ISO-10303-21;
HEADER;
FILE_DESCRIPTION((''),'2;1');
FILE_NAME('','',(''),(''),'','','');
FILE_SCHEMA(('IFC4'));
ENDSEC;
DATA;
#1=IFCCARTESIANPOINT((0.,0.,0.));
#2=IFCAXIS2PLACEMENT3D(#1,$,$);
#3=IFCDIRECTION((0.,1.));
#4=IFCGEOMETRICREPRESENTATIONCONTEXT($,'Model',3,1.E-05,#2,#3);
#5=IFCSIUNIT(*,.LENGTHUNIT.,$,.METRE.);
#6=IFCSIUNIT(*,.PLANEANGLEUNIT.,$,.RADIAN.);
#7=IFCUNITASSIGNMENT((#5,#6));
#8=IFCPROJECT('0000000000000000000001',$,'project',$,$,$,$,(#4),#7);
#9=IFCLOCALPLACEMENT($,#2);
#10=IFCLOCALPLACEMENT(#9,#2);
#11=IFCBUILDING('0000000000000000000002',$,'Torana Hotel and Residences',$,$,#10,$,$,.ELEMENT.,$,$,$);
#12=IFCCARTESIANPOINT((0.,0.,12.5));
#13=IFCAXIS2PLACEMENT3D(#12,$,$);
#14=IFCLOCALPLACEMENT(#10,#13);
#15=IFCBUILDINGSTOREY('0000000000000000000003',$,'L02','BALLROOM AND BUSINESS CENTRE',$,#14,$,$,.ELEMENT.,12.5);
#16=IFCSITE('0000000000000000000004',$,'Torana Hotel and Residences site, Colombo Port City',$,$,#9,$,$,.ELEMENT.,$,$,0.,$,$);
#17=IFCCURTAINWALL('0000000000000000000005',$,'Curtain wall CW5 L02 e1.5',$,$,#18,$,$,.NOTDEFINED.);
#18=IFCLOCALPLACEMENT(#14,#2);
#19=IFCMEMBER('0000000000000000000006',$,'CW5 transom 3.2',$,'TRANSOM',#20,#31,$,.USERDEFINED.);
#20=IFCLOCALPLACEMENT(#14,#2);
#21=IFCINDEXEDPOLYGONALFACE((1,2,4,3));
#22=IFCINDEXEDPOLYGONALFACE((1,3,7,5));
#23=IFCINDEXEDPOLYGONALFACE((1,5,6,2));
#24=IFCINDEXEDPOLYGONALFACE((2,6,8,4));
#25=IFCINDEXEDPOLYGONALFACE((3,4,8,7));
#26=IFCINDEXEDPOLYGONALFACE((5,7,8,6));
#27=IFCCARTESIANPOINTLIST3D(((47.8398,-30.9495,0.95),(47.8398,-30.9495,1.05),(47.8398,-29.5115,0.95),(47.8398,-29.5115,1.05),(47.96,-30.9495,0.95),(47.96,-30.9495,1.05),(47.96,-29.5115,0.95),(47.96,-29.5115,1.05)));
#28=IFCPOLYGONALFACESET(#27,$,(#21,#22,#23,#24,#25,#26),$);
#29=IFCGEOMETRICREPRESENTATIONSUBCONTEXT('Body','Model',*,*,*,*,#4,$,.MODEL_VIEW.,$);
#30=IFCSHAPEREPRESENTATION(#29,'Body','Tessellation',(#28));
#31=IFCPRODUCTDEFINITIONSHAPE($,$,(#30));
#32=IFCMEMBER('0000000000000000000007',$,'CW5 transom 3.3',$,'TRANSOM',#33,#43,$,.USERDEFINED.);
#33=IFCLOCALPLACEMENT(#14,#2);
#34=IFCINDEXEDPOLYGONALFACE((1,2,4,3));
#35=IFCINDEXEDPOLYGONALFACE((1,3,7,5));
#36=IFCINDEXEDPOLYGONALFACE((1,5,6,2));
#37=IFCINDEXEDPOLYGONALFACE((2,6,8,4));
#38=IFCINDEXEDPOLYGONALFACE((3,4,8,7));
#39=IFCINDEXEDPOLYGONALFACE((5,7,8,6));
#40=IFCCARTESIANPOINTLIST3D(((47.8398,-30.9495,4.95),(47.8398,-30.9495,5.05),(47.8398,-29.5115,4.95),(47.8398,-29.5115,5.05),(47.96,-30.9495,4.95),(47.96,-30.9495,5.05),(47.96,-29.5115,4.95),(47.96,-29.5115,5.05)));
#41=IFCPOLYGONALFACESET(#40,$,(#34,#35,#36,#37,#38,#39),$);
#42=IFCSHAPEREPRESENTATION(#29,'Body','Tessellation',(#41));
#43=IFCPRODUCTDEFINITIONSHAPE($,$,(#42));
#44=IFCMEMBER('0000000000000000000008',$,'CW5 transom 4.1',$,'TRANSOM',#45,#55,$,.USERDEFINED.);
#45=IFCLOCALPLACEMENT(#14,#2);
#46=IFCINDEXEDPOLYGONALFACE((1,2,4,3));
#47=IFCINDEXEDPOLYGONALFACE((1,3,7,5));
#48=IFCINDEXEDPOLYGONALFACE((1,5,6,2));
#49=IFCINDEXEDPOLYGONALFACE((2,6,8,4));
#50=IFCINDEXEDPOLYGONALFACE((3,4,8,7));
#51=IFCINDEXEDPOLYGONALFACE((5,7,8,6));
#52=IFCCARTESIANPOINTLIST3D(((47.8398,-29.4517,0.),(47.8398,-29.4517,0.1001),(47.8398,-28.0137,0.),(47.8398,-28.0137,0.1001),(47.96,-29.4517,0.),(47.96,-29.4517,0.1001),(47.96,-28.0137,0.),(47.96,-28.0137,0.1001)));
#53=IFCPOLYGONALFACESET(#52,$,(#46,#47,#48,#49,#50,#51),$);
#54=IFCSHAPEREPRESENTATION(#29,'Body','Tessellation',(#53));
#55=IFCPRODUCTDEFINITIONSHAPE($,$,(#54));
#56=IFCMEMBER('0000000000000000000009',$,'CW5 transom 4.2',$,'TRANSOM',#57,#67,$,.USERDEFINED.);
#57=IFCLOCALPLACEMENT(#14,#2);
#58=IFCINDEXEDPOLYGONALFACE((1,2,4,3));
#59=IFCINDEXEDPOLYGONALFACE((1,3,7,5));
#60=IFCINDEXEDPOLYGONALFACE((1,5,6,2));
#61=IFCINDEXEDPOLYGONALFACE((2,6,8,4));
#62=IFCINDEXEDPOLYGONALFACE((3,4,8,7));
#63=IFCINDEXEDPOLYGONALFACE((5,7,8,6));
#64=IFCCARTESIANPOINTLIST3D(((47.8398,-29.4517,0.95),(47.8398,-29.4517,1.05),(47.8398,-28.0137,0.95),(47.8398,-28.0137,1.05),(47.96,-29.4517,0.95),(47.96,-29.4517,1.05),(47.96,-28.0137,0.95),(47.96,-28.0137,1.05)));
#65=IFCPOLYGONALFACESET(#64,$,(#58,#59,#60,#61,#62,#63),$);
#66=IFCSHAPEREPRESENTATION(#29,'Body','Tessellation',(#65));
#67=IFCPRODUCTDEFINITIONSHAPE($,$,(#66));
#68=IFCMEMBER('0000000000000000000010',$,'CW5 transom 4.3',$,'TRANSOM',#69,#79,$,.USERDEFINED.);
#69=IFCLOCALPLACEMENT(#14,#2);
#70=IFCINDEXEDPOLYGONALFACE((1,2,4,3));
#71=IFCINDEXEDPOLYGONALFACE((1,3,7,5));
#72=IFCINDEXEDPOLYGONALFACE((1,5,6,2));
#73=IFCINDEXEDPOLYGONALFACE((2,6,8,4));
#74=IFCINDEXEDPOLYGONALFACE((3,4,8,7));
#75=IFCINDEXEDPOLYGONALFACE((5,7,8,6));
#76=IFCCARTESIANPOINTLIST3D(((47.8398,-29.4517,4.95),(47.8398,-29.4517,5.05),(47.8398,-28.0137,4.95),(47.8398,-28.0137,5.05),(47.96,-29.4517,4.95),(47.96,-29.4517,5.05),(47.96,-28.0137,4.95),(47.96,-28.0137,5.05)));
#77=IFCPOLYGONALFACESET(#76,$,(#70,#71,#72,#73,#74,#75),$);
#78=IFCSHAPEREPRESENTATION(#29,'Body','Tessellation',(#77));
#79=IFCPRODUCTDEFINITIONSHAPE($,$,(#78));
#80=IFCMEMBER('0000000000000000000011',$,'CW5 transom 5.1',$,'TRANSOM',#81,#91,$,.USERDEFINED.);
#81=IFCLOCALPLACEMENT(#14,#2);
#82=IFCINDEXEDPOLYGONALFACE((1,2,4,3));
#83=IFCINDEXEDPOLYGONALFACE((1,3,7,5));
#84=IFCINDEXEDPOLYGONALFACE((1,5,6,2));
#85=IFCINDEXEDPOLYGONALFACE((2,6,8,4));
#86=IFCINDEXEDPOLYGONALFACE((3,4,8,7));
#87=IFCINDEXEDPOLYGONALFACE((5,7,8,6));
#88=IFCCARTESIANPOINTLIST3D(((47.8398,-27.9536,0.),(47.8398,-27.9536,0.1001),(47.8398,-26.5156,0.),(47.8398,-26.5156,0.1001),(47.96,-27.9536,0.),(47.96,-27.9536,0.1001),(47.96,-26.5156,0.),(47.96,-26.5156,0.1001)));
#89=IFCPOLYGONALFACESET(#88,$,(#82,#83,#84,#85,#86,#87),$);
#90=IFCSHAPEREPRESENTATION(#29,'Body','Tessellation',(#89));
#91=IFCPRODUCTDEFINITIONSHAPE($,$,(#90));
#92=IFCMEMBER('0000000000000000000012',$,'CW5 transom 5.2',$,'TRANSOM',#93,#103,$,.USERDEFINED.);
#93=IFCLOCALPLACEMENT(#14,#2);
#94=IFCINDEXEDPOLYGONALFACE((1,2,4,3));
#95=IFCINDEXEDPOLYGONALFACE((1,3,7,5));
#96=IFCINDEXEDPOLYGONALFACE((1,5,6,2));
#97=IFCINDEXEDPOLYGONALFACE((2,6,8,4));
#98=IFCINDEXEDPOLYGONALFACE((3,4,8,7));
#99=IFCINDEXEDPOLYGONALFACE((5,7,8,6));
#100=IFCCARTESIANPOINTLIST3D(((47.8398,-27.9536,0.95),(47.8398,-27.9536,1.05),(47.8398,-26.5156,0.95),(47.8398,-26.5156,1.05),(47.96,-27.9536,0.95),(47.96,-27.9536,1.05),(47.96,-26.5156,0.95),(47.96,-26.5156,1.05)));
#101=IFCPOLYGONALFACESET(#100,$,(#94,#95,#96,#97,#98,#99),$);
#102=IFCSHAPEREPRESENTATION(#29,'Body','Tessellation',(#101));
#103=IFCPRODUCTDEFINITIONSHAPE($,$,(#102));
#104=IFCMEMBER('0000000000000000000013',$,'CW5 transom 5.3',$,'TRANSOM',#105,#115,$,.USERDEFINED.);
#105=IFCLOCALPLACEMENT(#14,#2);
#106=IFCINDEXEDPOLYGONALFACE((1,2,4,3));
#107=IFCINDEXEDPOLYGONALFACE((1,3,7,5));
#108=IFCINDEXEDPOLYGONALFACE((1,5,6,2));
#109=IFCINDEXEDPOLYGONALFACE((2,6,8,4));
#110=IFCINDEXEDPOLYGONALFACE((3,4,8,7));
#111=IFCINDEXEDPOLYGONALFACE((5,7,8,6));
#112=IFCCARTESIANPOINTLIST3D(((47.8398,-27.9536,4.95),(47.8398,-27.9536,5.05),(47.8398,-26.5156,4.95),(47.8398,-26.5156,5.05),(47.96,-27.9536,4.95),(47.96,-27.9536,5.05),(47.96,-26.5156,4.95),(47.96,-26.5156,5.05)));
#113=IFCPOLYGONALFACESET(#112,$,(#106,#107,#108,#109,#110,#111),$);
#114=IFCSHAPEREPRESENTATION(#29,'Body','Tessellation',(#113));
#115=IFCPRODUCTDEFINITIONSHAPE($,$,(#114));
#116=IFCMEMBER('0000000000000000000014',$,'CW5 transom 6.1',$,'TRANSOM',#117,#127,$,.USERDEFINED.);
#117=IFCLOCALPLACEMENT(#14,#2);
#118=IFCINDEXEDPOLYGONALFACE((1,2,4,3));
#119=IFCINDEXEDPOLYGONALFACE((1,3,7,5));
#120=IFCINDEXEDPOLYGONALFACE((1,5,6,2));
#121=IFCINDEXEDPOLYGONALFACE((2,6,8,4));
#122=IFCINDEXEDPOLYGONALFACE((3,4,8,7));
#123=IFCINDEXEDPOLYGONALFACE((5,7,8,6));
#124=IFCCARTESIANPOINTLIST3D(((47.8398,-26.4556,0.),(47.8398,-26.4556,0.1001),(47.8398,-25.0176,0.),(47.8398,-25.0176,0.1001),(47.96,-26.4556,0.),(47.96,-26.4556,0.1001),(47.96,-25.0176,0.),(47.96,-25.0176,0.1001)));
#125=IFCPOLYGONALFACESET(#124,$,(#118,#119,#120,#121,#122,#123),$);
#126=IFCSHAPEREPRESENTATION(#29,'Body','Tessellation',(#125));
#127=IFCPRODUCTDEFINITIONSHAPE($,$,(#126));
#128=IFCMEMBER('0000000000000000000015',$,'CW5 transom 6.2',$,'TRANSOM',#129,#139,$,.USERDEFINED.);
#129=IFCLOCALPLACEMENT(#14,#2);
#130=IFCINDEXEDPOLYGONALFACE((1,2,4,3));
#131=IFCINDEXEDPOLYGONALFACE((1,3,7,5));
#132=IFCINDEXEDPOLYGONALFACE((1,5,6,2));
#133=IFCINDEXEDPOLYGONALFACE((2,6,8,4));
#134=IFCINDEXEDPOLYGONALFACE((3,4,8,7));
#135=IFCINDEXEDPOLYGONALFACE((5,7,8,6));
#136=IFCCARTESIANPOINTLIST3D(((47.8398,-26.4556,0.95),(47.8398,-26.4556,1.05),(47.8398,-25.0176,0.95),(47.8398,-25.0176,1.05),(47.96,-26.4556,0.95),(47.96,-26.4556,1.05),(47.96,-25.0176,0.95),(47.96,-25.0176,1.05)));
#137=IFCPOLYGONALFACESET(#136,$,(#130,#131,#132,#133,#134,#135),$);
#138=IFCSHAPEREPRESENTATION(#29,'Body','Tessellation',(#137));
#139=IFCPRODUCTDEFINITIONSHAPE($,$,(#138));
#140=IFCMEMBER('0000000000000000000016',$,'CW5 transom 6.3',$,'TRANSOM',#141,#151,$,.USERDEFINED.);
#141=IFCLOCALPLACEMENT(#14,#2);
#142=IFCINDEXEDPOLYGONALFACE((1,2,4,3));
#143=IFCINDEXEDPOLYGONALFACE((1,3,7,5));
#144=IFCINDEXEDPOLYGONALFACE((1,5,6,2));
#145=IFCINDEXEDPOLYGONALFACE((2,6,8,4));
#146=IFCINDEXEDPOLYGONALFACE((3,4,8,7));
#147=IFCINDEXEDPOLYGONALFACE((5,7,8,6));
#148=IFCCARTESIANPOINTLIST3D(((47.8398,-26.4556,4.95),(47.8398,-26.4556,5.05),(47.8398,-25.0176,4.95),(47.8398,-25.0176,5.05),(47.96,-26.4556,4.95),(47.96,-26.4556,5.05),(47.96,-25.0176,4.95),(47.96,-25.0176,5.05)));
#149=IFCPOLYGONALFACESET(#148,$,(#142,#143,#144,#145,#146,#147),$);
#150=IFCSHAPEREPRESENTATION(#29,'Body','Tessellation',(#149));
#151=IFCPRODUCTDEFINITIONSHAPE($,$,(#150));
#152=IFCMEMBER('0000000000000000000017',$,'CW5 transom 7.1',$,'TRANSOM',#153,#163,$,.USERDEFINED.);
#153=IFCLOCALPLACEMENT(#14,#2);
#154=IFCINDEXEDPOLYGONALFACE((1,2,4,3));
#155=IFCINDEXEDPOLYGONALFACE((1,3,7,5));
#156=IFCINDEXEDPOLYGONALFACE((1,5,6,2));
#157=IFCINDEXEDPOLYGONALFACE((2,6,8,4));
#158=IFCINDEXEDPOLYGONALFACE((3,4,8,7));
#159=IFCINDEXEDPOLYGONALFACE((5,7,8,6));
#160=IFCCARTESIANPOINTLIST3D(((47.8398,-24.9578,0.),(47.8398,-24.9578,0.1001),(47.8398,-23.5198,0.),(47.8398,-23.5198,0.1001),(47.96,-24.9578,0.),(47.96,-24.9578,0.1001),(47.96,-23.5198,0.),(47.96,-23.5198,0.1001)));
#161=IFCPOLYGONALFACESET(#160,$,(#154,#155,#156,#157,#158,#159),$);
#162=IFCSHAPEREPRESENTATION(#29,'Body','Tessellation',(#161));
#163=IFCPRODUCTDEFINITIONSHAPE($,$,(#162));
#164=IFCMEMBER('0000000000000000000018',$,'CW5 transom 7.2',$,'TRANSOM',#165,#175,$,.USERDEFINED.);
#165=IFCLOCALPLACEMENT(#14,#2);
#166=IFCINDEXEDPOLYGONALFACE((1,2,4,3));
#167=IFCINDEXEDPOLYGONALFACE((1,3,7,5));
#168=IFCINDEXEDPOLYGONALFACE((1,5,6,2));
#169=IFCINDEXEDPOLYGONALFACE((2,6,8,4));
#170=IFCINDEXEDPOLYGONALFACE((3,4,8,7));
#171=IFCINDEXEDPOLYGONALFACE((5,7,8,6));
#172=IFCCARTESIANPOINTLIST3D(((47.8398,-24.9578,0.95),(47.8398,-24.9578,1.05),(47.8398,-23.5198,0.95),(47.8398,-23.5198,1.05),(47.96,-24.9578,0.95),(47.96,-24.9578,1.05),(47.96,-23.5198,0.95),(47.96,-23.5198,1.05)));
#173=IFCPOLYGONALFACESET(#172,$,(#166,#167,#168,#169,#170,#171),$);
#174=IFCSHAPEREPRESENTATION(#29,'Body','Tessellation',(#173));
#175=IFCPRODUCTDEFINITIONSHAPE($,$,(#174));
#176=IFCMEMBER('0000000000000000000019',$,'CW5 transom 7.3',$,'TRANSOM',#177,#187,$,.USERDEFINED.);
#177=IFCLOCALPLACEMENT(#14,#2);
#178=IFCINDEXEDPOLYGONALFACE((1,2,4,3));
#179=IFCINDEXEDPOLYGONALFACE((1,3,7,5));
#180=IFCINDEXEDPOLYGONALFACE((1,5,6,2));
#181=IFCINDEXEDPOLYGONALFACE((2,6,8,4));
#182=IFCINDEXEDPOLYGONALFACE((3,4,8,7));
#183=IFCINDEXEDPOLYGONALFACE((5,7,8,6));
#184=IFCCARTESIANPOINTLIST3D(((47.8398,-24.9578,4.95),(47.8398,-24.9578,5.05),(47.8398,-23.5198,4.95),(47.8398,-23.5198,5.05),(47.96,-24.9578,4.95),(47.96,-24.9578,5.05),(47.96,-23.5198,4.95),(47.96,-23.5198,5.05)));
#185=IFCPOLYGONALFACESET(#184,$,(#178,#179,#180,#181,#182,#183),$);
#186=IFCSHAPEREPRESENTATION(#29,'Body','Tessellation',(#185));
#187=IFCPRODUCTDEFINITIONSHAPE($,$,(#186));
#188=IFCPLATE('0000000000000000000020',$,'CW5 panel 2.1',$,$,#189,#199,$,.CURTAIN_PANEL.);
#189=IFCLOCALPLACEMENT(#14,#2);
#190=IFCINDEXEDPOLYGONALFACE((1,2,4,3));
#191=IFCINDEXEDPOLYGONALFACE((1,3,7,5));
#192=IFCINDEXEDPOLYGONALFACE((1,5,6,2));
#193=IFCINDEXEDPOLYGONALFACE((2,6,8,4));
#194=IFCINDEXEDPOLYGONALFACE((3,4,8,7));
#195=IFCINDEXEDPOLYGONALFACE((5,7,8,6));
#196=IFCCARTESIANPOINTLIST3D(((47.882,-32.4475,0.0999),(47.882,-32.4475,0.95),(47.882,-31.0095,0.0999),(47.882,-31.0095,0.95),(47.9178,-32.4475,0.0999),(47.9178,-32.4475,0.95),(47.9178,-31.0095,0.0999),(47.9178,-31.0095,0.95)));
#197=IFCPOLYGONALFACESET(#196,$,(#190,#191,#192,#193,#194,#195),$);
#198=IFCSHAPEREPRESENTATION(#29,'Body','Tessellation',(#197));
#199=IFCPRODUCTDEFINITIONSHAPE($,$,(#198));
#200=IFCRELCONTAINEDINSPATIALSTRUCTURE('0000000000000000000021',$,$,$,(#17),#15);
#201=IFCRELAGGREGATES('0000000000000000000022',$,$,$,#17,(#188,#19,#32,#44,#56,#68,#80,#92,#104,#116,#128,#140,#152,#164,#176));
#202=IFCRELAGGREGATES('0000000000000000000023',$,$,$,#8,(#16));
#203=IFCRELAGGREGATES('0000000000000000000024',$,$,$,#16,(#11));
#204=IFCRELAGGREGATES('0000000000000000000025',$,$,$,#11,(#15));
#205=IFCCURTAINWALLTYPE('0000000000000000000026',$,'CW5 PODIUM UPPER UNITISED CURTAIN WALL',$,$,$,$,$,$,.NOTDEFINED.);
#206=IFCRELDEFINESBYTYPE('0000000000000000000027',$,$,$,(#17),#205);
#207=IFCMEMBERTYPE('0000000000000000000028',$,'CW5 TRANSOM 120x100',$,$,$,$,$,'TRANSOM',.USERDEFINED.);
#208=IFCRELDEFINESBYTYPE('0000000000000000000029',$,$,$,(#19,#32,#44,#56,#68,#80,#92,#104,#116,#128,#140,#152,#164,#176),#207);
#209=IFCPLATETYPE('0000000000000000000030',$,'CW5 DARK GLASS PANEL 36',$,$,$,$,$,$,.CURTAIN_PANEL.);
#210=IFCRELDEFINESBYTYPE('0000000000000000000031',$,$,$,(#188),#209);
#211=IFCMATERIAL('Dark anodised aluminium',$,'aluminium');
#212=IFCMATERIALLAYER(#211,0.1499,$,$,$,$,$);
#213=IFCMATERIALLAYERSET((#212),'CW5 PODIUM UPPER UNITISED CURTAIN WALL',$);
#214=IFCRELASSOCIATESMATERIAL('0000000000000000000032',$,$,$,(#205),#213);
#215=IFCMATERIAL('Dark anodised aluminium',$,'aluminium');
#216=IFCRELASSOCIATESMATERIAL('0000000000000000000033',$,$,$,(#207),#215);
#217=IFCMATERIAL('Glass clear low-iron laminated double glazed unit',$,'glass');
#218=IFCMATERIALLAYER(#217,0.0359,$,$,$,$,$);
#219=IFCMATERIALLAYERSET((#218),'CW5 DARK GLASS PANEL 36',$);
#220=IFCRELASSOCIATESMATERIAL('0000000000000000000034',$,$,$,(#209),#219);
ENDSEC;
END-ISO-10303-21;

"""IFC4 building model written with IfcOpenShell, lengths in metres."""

from ifc_helpers import new_model, si_unit, direction, frame, origin, origin_2d, place, context, subcontext, project, spatial, rectangle, extrude, material, layer, layer_set, material_profile, profile_set, type_object, element, aggregate, save


model = new_model("IFC4")

# Units and contexts
model_context = context("Model", 3, precision=1e-05, world=origin(), true_north=direction((0.0, 1.0)))
body_context = subcontext(model_context, "Body", "Model", "MODEL_VIEW")
ifc_project = project(units=[si_unit("LENGTHUNIT", "METRE"), si_unit("PLANEANGLEUNIT", "RADIAN")], contexts=[model_context])

# Site, building, storey
site_placement = place(None, origin())
site = spatial("IfcSite", under=ifc_project, at=site_placement, Name="Torana Hotel and Residences site, Colombo Port City", CompositionType="ELEMENT", RefElevation=0.0)
building_placement = place(site_placement, origin())
building = spatial("IfcBuilding", under=site, at=building_placement, Name="Torana Hotel and Residences", CompositionType="ELEMENT")
storey_placement = place(building_placement, frame((0.0, 0.0, 12.5)))
storey = spatial("IfcBuildingStorey", under=building, at=storey_placement, Name="L02", Description="BALLROOM AND BUSINESS CENTRE", CompositionType="ELEMENT", Elevation=12.5)

# Curtain wall, members, plate
ifc_material_1 = material(Name="Dark anodised aluminium", Category="aluminium")
ifc_layer_1 = layer(ifc_material_1, 0.1499)
ifc_layer_set_1 = layer_set([ifc_layer_1], Name="CW5 PODIUM UPPER UNITISED CURTAIN WALL")
curtain_wall_type = type_object("IfcCurtainWallType", Name="CW5 PODIUM UPPER UNITISED CURTAIN WALL", PredefinedType="NOTDEFINED", material=ifc_layer_set_1)
curtain_wall_placement = place(storey_placement, origin())
curtain_wall = element("IfcCurtainWall", 1, at=curtain_wall_placement, inside=storey, type_object=curtain_wall_type, Name="Curtain wall CW5 L02 e1.5", PredefinedType="NOTDEFINED")
ifc_material_2 = material(Name="Dark anodised aluminium", Category="aluminium")
ifc_material_profile_1 = material_profile(ifc_material_2, rectangle(XDim=0.1201, YDim=0.1001, at=origin_2d()), Name="CW5 TRANSOM 120x100")
ifc_profile_set_1 = profile_set([ifc_material_profile_1], Name="Dark anodised aluminium")
member_type_1 = type_object("IfcMemberType", Name="CW5 TRANSOM 120x100", ElementType="TRANSOM", PredefinedType="USERDEFINED", material=ifc_profile_set_1)
member_1_placement = place(storey_placement, frame((47.8999, -30.9495, 1.0), z_axis=(0.0, 1.0, 0.0), x_axis=(-1.0, 0.0, 0.0)))
member_1 = element("IfcMember", 2, at=member_1_placement, type_object=member_type_1, Name="CW5 transom 3.2", ObjectType="TRANSOM", PredefinedType="USERDEFINED", context=body_context, shape_type="SweptSolid", body=[
    extrude(rectangle(XDim=0.1201, YDim=0.1001, at=origin_2d()), origin(), (0.0, 0.0, 1.0), 1.438),
])
member_2_placement = place(storey_placement, frame((47.8999, -30.9495, 5.0), z_axis=(0.0, 1.0, 0.0), x_axis=(-1.0, 0.0, 0.0)))
member_2 = element("IfcMember", 3, at=member_2_placement, type_object=member_type_1, Name="CW5 transom 3.3", ObjectType="TRANSOM", PredefinedType="USERDEFINED", context=body_context, shape_type="SweptSolid", body=[
    extrude(rectangle(XDim=0.1201, YDim=0.1001, at=origin_2d()), origin(), (0.0, 0.0, 1.0), 1.438),
])
member_3_placement = place(storey_placement, frame((47.8999, -29.4517, 0.05), z_axis=(0.0, 1.0, 0.0), x_axis=(-1.0, 0.0, 0.0)))
member_3 = element("IfcMember", 4, at=member_3_placement, type_object=member_type_1, Name="CW5 transom 4.1", ObjectType="TRANSOM", PredefinedType="USERDEFINED", context=body_context, shape_type="SweptSolid", body=[
    extrude(rectangle(XDim=0.1201, YDim=0.1001, at=origin_2d()), origin(), (0.0, 0.0, 1.0), 1.438),
])
member_4_placement = place(storey_placement, frame((47.8999, -29.4517, 1.0), z_axis=(0.0, 1.0, 0.0), x_axis=(-1.0, 0.0, 0.0)))
member_4 = element("IfcMember", 5, at=member_4_placement, type_object=member_type_1, Name="CW5 transom 4.2", ObjectType="TRANSOM", PredefinedType="USERDEFINED", context=body_context, shape_type="SweptSolid", body=[
    extrude(rectangle(XDim=0.1201, YDim=0.1001, at=origin_2d()), origin(), (0.0, 0.0, 1.0), 1.438),
])
member_5_placement = place(storey_placement, frame((47.8999, -29.4517, 5.0), z_axis=(0.0, 1.0, 0.0), x_axis=(-1.0, 0.0, 0.0)))
member_5 = element("IfcMember", 6, at=member_5_placement, type_object=member_type_1, Name="CW5 transom 4.3", ObjectType="TRANSOM", PredefinedType="USERDEFINED", context=body_context, shape_type="SweptSolid", body=[
    extrude(rectangle(XDim=0.1201, YDim=0.1001, at=origin_2d()), origin(), (0.0, 0.0, 1.0), 1.438),
])
member_6_placement = place(storey_placement, frame((47.8999, -27.9536, 0.05), z_axis=(0.0, 1.0, 0.0), x_axis=(-1.0, 0.0, 0.0)))
member_6 = element("IfcMember", 7, at=member_6_placement, type_object=member_type_1, Name="CW5 transom 5.1", ObjectType="TRANSOM", PredefinedType="USERDEFINED", context=body_context, shape_type="SweptSolid", body=[
    extrude(rectangle(XDim=0.1201, YDim=0.1001, at=origin_2d()), origin(), (0.0, 0.0, 1.0), 1.438),
])
member_7_placement = place(storey_placement, frame((47.8999, -27.9536, 1.0), z_axis=(0.0, 1.0, 0.0), x_axis=(-1.0, 0.0, 0.0)))
member_7 = element("IfcMember", 8, at=member_7_placement, type_object=member_type_1, Name="CW5 transom 5.2", ObjectType="TRANSOM", PredefinedType="USERDEFINED", context=body_context, shape_type="SweptSolid", body=[
    extrude(rectangle(XDim=0.1201, YDim=0.1001, at=origin_2d()), origin(), (0.0, 0.0, 1.0), 1.438),
])
member_8_placement = place(storey_placement, frame((47.8999, -27.9536, 5.0), z_axis=(0.0, 1.0, 0.0), x_axis=(-1.0, 0.0, 0.0)))
member_8 = element("IfcMember", 9, at=member_8_placement, type_object=member_type_1, Name="CW5 transom 5.3", ObjectType="TRANSOM", PredefinedType="USERDEFINED", context=body_context, shape_type="SweptSolid", body=[
    extrude(rectangle(XDim=0.1201, YDim=0.1001, at=origin_2d()), origin(), (0.0, 0.0, 1.0), 1.438),
])
member_9_placement = place(storey_placement, frame((47.8999, -26.4556, 0.05), z_axis=(0.0, 1.0, 0.0), x_axis=(-1.0, 0.0, 0.0)))
member_9 = element("IfcMember", 10, at=member_9_placement, type_object=member_type_1, Name="CW5 transom 6.1", ObjectType="TRANSOM", PredefinedType="USERDEFINED", context=body_context, shape_type="SweptSolid", body=[
    extrude(rectangle(XDim=0.1201, YDim=0.1001, at=origin_2d()), origin(), (0.0, 0.0, 1.0), 1.438),
])
member_10_placement = place(storey_placement, frame((47.8999, -26.4556, 1.0), z_axis=(0.0, 1.0, 0.0), x_axis=(-1.0, 0.0, 0.0)))
member_10 = element("IfcMember", 11, at=member_10_placement, type_object=member_type_1, Name="CW5 transom 6.2", ObjectType="TRANSOM", PredefinedType="USERDEFINED", context=body_context, shape_type="SweptSolid", body=[
    extrude(rectangle(XDim=0.1201, YDim=0.1001, at=origin_2d()), origin(), (0.0, 0.0, 1.0), 1.438),
])
member_11_placement = place(storey_placement, frame((47.8999, -26.4556, 5.0), z_axis=(0.0, 1.0, 0.0), x_axis=(-1.0, 0.0, 0.0)))
member_11 = element("IfcMember", 12, at=member_11_placement, type_object=member_type_1, Name="CW5 transom 6.3", ObjectType="TRANSOM", PredefinedType="USERDEFINED", context=body_context, shape_type="SweptSolid", body=[
    extrude(rectangle(XDim=0.1201, YDim=0.1001, at=origin_2d()), origin(), (0.0, 0.0, 1.0), 1.438),
])
member_12_placement = place(storey_placement, frame((47.8999, -24.9578, 0.05), z_axis=(0.0, 1.0, 0.0), x_axis=(-1.0, 0.0, 0.0)))
member_12 = element("IfcMember", 13, at=member_12_placement, type_object=member_type_1, Name="CW5 transom 7.1", ObjectType="TRANSOM", PredefinedType="USERDEFINED", context=body_context, shape_type="SweptSolid", body=[
    extrude(rectangle(XDim=0.1201, YDim=0.1001, at=origin_2d()), origin(), (0.0, 0.0, 1.0), 1.438),
])
member_13_placement = place(storey_placement, frame((47.8999, -24.9578, 1.0), z_axis=(0.0, 1.0, 0.0), x_axis=(-1.0, 0.0, 0.0)))
member_13 = element("IfcMember", 14, at=member_13_placement, type_object=member_type_1, Name="CW5 transom 7.2", ObjectType="TRANSOM", PredefinedType="USERDEFINED", context=body_context, shape_type="SweptSolid", body=[
    extrude(rectangle(XDim=0.1201, YDim=0.1001, at=origin_2d()), origin(), (0.0, 0.0, 1.0), 1.438),
])
member_14_placement = place(storey_placement, frame((47.8999, -24.9578, 5.0), z_axis=(0.0, 1.0, 0.0), x_axis=(-1.0, 0.0, 0.0)))
member_14 = element("IfcMember", 15, at=member_14_placement, type_object=member_type_1, Name="CW5 transom 7.3", ObjectType="TRANSOM", PredefinedType="USERDEFINED", context=body_context, shape_type="SweptSolid", body=[
    extrude(rectangle(XDim=0.1201, YDim=0.1001, at=origin_2d()), origin(), (0.0, 0.0, 1.0), 1.438),
])
ifc_material_3 = material(Name="Glass clear low-iron laminated double glazed unit", Category="glass")
ifc_layer_2 = layer(ifc_material_3, 0.0359)
ifc_layer_set_2 = layer_set([ifc_layer_2], Name="CW5 DARK GLASS PANEL 36")
plate_type = type_object("IfcPlateType", Name="CW5 DARK GLASS PANEL 36", PredefinedType="CURTAIN_PANEL", material=ifc_layer_set_2)
plate_1_placement = place(storey_placement, frame((47.8999, -31.7285, 0.0999), z_axis=(0.0, 0.0, 1.0), x_axis=(0.0, 1.0, 0.0)))
plate_1 = element("IfcPlate", 16, at=plate_1_placement, type_object=plate_type, Name="CW5 panel 2.1", PredefinedType="CURTAIN_PANEL", context=body_context, shape_type="SweptSolid", body=[
    extrude(rectangle(XDim=1.438, YDim=0.0359, at=origin_2d()), origin(), (0.0, 0.0, 1.0), 0.8501),
])
aggregate(curtain_wall, [plate_1, member_1, member_2, member_3, member_4, member_5, member_6, member_7, member_8, member_9, member_10, member_11, member_12, member_13, member_14])

save(model, "model.ifc")
